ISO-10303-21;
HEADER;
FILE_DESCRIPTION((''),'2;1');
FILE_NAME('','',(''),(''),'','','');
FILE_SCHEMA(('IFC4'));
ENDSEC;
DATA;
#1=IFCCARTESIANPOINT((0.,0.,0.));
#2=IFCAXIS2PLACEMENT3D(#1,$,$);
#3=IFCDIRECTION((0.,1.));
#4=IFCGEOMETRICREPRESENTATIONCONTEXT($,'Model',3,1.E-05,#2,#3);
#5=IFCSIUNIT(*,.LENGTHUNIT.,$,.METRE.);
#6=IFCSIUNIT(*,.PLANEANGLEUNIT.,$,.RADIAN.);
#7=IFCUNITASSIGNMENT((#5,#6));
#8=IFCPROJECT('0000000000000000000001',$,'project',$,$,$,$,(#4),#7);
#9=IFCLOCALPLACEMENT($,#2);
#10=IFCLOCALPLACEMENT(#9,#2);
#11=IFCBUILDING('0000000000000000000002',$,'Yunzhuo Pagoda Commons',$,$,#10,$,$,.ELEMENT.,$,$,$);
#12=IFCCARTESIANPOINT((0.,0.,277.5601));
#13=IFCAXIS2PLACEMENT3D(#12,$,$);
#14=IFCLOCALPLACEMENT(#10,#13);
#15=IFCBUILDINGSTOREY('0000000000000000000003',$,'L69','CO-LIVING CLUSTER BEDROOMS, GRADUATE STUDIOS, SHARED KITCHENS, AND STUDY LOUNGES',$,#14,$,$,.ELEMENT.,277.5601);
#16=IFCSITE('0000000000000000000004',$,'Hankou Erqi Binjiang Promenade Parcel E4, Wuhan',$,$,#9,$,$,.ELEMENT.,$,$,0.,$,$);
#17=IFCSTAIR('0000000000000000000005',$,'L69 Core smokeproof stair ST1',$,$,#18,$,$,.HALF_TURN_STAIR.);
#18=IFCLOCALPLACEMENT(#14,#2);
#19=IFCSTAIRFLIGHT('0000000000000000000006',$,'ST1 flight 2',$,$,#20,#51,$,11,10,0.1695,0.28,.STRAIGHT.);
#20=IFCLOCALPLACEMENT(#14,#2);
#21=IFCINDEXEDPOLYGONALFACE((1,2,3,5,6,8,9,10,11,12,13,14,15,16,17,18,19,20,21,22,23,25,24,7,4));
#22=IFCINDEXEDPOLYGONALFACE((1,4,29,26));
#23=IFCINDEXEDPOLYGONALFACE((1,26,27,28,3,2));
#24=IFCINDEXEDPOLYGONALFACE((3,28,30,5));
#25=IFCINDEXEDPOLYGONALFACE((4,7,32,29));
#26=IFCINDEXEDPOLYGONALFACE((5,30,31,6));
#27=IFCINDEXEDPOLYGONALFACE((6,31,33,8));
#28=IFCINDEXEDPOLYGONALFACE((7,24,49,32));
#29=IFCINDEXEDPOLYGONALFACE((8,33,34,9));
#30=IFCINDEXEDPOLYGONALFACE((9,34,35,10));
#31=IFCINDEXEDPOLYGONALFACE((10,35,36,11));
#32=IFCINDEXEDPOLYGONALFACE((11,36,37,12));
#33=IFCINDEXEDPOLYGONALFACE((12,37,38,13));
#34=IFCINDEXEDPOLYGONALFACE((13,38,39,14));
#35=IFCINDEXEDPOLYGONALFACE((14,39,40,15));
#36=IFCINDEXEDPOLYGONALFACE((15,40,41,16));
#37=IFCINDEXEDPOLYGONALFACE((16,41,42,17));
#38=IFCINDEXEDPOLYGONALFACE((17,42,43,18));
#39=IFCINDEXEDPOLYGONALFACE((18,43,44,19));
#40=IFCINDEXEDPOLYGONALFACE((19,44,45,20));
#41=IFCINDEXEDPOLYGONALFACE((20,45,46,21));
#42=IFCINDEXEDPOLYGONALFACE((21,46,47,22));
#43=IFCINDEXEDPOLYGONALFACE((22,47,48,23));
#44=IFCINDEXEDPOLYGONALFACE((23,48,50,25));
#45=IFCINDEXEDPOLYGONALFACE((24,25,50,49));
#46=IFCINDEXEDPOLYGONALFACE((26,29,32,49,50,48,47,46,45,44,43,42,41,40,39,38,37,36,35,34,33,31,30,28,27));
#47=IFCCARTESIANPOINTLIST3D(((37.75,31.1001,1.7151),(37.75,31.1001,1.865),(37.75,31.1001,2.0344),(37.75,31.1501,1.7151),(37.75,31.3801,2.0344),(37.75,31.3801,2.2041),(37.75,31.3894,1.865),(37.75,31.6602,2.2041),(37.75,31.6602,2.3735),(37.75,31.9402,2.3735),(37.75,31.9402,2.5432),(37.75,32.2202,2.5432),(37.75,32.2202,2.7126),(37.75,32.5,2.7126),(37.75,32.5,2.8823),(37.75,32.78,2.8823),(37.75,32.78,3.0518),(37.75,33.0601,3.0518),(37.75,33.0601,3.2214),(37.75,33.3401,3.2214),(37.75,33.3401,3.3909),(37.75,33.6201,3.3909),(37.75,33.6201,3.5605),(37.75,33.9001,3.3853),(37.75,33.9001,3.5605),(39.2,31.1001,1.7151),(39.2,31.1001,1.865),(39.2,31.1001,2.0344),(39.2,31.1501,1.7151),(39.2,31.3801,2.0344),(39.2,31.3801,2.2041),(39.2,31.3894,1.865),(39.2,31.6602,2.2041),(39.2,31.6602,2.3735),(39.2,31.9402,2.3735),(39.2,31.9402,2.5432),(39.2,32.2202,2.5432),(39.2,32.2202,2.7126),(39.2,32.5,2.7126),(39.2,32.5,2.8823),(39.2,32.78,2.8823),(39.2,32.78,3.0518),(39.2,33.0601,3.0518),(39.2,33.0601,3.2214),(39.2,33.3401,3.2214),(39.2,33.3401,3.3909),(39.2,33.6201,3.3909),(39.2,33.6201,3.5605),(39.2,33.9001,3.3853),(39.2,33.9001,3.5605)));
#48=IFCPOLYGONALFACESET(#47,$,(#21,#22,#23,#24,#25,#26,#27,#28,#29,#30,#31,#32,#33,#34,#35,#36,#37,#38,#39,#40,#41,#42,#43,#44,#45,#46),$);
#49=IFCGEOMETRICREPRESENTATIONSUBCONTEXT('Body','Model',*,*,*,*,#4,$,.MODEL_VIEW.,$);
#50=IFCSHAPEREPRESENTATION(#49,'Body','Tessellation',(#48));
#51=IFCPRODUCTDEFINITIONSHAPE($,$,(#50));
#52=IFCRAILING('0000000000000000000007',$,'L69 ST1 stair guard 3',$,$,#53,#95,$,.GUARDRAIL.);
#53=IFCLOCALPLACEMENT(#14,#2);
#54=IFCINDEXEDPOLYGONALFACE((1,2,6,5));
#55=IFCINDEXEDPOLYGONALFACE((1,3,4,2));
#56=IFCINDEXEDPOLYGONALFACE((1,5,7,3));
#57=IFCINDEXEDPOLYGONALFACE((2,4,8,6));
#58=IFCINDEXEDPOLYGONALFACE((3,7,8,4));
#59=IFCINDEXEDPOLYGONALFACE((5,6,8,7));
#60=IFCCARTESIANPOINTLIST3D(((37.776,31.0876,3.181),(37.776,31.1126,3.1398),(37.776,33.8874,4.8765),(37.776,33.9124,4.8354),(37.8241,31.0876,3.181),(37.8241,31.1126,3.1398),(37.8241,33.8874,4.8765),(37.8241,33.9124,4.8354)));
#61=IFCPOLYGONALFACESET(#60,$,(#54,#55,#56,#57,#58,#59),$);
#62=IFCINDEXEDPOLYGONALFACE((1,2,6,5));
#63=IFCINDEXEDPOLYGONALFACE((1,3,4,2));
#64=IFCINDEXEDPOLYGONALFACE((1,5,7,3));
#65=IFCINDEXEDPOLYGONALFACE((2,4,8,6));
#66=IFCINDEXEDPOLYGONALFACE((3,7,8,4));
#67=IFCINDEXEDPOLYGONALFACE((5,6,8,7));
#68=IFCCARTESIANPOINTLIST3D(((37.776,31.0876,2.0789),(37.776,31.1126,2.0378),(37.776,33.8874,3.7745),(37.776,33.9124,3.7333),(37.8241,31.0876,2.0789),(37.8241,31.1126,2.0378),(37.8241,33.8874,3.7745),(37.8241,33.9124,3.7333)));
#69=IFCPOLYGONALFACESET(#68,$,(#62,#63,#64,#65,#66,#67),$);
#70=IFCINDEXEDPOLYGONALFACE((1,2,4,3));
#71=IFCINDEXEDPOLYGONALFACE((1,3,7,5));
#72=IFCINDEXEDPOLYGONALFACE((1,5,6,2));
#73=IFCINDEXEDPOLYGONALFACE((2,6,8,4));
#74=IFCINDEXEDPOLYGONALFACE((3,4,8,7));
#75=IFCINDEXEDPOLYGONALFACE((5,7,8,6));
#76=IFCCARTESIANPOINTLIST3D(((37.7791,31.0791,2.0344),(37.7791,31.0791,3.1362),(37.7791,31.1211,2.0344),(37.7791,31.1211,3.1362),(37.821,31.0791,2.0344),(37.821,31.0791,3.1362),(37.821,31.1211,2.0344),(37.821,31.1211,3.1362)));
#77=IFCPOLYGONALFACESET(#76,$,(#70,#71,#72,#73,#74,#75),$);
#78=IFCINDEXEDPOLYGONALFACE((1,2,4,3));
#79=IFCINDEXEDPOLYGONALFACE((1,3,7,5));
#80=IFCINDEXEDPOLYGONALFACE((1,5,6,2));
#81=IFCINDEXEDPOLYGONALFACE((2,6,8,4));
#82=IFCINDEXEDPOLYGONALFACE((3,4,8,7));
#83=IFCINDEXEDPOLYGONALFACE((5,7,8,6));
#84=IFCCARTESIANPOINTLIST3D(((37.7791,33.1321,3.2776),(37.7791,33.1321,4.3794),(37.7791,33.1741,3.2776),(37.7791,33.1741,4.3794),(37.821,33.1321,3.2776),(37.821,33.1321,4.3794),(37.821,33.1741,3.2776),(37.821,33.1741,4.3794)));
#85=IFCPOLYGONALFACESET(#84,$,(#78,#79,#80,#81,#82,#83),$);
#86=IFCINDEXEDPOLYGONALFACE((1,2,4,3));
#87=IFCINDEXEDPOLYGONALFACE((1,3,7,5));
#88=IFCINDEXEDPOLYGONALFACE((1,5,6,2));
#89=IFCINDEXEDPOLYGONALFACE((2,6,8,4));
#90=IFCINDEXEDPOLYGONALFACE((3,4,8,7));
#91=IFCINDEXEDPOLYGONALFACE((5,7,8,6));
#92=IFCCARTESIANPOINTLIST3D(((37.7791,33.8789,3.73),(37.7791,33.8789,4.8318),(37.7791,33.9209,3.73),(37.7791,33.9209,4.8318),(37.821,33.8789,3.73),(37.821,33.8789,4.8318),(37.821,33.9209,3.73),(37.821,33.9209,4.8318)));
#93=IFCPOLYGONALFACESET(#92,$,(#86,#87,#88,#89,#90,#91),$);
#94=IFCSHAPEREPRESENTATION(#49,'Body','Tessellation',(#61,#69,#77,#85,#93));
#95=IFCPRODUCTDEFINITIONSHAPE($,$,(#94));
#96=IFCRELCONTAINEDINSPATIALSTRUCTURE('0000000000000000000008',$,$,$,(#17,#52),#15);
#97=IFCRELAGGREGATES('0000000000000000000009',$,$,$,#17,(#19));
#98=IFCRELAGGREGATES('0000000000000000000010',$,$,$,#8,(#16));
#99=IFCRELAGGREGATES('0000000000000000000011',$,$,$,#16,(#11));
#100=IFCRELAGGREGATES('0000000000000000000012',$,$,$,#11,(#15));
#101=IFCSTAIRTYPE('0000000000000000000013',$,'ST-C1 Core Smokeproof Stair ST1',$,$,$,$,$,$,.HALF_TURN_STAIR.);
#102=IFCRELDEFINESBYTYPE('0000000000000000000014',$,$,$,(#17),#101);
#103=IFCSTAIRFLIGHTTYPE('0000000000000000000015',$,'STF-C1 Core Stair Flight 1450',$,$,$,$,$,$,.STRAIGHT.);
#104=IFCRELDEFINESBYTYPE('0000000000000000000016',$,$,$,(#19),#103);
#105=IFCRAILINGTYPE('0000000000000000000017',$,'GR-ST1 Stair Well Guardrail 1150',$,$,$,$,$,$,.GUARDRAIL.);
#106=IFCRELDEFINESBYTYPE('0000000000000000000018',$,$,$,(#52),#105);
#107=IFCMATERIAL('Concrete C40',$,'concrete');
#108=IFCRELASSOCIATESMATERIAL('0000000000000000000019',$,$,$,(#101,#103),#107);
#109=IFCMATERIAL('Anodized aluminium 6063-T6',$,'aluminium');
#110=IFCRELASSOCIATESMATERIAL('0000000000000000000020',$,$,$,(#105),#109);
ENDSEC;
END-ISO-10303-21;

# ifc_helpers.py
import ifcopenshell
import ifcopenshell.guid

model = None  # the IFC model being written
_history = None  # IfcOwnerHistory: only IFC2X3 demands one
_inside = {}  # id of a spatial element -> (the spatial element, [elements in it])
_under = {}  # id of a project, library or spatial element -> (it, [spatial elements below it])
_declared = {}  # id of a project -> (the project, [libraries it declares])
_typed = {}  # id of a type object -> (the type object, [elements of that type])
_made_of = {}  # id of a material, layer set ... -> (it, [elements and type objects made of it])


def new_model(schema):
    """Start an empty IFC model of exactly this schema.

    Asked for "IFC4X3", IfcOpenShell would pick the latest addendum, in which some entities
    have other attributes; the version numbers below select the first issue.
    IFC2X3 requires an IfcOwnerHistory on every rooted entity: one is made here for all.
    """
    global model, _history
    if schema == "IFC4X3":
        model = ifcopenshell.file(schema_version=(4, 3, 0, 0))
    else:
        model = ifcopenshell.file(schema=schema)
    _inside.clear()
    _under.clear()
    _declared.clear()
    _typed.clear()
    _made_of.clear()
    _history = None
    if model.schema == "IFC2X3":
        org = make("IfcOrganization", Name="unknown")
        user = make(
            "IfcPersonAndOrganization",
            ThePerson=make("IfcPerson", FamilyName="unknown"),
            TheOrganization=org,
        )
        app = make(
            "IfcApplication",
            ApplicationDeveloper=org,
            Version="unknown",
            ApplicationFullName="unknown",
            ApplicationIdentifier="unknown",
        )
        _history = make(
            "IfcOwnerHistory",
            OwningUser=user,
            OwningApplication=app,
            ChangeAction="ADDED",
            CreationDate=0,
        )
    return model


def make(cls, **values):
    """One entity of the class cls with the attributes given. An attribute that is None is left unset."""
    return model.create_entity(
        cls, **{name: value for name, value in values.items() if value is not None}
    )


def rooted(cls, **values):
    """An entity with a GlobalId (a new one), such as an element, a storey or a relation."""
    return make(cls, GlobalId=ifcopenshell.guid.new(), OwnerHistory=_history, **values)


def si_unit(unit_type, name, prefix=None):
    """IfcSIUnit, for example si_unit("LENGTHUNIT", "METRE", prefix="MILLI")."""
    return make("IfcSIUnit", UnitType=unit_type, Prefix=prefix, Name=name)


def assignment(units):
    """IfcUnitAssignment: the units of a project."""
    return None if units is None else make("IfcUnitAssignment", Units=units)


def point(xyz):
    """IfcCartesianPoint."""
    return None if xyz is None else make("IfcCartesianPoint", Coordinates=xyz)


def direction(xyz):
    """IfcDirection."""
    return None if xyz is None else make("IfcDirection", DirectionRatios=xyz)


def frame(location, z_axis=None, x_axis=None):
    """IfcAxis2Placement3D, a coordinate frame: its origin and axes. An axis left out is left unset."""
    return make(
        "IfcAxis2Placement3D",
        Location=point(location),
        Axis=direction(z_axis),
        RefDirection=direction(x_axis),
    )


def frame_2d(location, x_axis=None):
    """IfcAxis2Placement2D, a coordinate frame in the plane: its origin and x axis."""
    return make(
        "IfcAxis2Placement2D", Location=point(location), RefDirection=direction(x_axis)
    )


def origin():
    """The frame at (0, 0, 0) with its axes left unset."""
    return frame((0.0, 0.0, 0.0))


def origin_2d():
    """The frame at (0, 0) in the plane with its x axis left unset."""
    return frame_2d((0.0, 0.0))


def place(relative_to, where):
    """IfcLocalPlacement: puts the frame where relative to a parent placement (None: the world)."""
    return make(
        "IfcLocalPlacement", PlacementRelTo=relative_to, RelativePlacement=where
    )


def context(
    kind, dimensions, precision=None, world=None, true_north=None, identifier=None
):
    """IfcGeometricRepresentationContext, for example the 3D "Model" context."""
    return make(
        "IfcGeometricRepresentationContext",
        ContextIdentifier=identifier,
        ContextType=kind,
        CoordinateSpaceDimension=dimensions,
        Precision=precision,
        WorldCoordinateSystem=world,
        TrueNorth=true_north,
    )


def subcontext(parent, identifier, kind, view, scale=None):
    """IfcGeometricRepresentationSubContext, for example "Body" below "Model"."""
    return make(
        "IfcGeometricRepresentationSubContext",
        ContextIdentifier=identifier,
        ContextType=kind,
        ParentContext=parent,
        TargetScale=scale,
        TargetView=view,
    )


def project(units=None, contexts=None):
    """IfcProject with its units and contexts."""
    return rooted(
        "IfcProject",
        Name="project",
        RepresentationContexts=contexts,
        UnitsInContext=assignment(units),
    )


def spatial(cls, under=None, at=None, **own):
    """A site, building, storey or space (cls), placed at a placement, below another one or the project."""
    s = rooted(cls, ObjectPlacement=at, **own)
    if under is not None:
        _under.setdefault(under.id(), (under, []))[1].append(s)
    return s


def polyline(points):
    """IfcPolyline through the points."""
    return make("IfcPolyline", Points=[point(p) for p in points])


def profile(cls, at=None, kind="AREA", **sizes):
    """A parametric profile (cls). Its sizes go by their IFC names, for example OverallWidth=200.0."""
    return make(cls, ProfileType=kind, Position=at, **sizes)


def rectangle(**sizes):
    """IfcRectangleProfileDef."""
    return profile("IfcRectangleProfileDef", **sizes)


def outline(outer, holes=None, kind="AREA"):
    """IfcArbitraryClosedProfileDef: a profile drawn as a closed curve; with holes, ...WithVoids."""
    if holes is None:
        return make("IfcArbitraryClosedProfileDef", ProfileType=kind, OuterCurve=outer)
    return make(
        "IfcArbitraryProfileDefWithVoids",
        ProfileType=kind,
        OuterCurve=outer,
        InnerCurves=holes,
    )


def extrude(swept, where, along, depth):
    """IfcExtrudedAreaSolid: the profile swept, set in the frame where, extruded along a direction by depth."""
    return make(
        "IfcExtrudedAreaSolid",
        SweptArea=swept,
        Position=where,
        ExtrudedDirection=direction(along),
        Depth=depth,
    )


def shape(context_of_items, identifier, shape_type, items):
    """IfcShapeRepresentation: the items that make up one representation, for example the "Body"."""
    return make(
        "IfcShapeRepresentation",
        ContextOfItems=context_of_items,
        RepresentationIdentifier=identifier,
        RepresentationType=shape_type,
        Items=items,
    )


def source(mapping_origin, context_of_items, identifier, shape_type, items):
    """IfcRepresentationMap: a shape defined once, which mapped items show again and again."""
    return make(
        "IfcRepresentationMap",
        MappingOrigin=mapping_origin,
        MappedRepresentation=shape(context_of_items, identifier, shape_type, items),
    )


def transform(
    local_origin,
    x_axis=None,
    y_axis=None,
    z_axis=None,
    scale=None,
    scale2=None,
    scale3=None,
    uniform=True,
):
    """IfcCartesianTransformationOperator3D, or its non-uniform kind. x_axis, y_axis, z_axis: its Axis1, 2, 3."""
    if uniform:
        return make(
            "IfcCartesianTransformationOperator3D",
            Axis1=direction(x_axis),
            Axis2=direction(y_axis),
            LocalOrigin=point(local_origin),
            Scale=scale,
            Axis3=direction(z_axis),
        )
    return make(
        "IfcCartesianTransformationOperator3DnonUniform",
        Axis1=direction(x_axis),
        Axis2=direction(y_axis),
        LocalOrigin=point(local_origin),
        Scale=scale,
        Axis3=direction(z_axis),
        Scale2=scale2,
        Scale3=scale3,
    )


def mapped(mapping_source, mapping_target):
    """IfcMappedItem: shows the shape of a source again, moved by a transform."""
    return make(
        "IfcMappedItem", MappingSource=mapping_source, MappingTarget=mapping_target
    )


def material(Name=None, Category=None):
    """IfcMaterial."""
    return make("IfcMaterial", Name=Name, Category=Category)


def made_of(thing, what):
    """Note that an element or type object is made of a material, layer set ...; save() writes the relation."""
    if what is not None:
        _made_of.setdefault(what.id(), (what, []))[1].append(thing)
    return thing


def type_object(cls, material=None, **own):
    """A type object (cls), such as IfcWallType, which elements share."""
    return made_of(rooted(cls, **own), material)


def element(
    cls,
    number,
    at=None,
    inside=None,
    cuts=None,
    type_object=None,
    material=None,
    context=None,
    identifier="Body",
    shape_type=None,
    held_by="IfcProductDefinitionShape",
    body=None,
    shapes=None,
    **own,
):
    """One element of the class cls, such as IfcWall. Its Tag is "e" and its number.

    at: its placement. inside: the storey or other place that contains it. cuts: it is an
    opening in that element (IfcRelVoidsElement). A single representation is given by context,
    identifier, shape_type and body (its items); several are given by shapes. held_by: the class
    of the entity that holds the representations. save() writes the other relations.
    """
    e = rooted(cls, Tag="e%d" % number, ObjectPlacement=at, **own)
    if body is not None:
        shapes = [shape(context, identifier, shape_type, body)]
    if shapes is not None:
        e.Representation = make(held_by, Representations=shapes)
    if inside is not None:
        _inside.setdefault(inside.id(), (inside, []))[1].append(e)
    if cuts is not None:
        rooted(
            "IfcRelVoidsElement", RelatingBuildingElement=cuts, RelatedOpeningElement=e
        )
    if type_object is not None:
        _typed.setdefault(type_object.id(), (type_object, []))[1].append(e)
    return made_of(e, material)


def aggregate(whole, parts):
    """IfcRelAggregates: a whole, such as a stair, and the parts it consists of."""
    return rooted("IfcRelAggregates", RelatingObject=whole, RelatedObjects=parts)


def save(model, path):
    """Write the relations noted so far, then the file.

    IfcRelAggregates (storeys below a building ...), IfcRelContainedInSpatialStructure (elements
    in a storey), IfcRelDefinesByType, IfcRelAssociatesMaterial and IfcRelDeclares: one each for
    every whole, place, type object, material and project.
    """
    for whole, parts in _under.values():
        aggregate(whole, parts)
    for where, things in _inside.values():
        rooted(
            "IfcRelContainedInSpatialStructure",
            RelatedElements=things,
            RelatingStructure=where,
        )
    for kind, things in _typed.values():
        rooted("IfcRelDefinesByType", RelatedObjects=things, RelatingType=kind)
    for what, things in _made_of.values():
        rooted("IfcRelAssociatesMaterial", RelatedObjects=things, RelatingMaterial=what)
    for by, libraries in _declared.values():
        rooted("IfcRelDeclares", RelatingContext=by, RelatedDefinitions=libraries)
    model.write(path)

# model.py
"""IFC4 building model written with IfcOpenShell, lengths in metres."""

from ifc_helpers import new_model, si_unit, direction, frame, origin, origin_2d, place, context, subcontext, project, spatial, polyline, rectangle, outline, extrude, source, transform, mapped, material, type_object, element, aggregate, save


model = new_model("IFC4")

# Units and contexts
model_context = context("Model", 3, precision=1e-05, world=origin(), true_north=direction((0.0, 1.0)))
body_context = subcontext(model_context, "Body", "Model", "MODEL_VIEW")
ifc_project = project(units=[si_unit("LENGTHUNIT", "METRE"), si_unit("PLANEANGLEUNIT", "RADIAN")], contexts=[model_context])

# Site, building, storey
site_placement = place(None, origin())
site = spatial("IfcSite", under=ifc_project, at=site_placement, Name="Hankou Erqi Binjiang Promenade Parcel E4, Wuhan", CompositionType="ELEMENT", RefElevation=0.0)
building_placement = place(site_placement, origin())
building = spatial("IfcBuilding", under=site, at=building_placement, Name="Yunzhuo Pagoda Commons", CompositionType="ELEMENT")
storey_placement = place(building_placement, frame((0.0, 0.0, 277.5601)))
storey = spatial("IfcBuildingStorey", under=building, at=storey_placement, Name="L69", Description="CO-LIVING CLUSTER BEDROOMS, GRADUATE STUDIOS, SHARED KITCHENS, AND STUDY LOUNGES", CompositionType="ELEMENT", Elevation=277.5601)

# Shared definitions
ifc_material_1 = material(Name="Concrete C40", Category="concrete")

# Stair, stair flight
stair_type = type_object("IfcStairType", Name="ST-C1 Core Smokeproof Stair ST1", PredefinedType="HALF_TURN_STAIR", material=ifc_material_1)
stair_placement = place(storey_placement, origin())
stair = element("IfcStair", 1, at=stair_placement, inside=storey, type_object=stair_type, Name="L69 Core smokeproof stair ST1", PredefinedType="HALF_TURN_STAIR")
stair_flight_type = type_object("IfcStairFlightType", Name="STF-C1 Core Stair Flight 1450", PredefinedType="STRAIGHT", material=ifc_material_1)
shared_shape_1 = source(origin(), body_context, "Body", "SweptSolid", [
    extrude(outline(polyline([(0.0, -0.1499), (0.0, 0.0), (0.0, 0.1694), (0.28, 0.1694), (0.28, 0.3391), (0.5601, 0.3391), (0.5601, 0.5085), (0.8401, 0.5085), (0.8401, 0.6782), (1.1201, 0.6782), (1.1201, 0.8477), (1.3999, 0.8477), (1.3999, 1.0173), (1.6799, 1.0173), (1.6799, 1.1868), (1.96, 1.1868), (1.96, 1.3564), (2.24, 1.3564), (2.24, 1.5259), (2.52, 1.5259), (2.52, 1.6956), (2.8, 1.6956), (2.8, 1.865), (2.8, 1.5203), (0.2893, 0.0), (0.05, -0.1499), (0.0, -0.1499)])), frame((0.0, 0.7251, 0.0), z_axis=(0.0, -1.0, 0.0), x_axis=(1.0, 0.0, 0.0)), (0.0, 0.0, 1.0), 1.45),
])
stair_flight_placement = place(storey_placement, frame((38.4751, 31.1001, 1.865), z_axis=(0.0, 0.0, 1.0), x_axis=(0.0, 1.0, 0.0)))
stair_flight = element("IfcStairFlight", 2, at=stair_flight_placement, type_object=stair_flight_type, Name="ST1 flight 2", NumberOfRisers=11, NumberOfTreads=10, PredefinedType="STRAIGHT", RiserHeight=0.1695, TreadLength=0.28, context=body_context, shape_type="MappedRepresentation", body=[
    mapped(shared_shape_1, transform((0.0, 0.0, 0.0), scale=1.0)),
])
aggregate(stair, [stair_flight])

# Railing
ifc_material_2 = material(Name="Anodized aluminium 6063-T6", Category="aluminium")
railing_type = type_object("IfcRailingType", Name="GR-ST1 Stair Well Guardrail 1150", PredefinedType="GUARDRAIL", material=ifc_material_2)
railing_placement = place(storey_placement, frame((37.8, 31.1001, 2.0344)))
element("IfcRailing", 3, at=railing_placement, inside=storey, type_object=railing_type, Name="L69 ST1 stair guard 3", PredefinedType="GUARDRAIL", context=body_context, shape_type="SweptSolid", body=[
    extrude(rectangle(XDim=0.0481, YDim=0.0481, at=origin_2d()), frame((0.0, 0.0, 1.126), z_axis=(0.0, 0.855373, 0.518012), x_axis=(-1.0, 0.0, 0.0)), (0.0, 0.0, 1.0), 3.2732),
    extrude(rectangle(XDim=0.0481, YDim=0.0481, at=origin_2d()), frame((0.0, 0.0, 0.0239), z_axis=(0.0, 0.855373, 0.518012), x_axis=(-1.0, 0.0, 0.0)), (0.0, 0.0, 1.0), 3.2732),
    extrude(rectangle(XDim=0.042, YDim=0.042, at=origin_2d()), origin(), (0.0, 0.0, 1.0), 1.1018),
    extrude(rectangle(XDim=0.042, YDim=0.042, at=origin_2d()), frame((0.0, 2.053, 1.2432)), (0.0, 0.0, 1.0), 1.1018),
    extrude(rectangle(XDim=0.042, YDim=0.042, at=origin_2d()), frame((0.0, 2.7998, 1.6956)), (0.0, 0.0, 1.0), 1.1018),
])

save(model, "model.ifc")
